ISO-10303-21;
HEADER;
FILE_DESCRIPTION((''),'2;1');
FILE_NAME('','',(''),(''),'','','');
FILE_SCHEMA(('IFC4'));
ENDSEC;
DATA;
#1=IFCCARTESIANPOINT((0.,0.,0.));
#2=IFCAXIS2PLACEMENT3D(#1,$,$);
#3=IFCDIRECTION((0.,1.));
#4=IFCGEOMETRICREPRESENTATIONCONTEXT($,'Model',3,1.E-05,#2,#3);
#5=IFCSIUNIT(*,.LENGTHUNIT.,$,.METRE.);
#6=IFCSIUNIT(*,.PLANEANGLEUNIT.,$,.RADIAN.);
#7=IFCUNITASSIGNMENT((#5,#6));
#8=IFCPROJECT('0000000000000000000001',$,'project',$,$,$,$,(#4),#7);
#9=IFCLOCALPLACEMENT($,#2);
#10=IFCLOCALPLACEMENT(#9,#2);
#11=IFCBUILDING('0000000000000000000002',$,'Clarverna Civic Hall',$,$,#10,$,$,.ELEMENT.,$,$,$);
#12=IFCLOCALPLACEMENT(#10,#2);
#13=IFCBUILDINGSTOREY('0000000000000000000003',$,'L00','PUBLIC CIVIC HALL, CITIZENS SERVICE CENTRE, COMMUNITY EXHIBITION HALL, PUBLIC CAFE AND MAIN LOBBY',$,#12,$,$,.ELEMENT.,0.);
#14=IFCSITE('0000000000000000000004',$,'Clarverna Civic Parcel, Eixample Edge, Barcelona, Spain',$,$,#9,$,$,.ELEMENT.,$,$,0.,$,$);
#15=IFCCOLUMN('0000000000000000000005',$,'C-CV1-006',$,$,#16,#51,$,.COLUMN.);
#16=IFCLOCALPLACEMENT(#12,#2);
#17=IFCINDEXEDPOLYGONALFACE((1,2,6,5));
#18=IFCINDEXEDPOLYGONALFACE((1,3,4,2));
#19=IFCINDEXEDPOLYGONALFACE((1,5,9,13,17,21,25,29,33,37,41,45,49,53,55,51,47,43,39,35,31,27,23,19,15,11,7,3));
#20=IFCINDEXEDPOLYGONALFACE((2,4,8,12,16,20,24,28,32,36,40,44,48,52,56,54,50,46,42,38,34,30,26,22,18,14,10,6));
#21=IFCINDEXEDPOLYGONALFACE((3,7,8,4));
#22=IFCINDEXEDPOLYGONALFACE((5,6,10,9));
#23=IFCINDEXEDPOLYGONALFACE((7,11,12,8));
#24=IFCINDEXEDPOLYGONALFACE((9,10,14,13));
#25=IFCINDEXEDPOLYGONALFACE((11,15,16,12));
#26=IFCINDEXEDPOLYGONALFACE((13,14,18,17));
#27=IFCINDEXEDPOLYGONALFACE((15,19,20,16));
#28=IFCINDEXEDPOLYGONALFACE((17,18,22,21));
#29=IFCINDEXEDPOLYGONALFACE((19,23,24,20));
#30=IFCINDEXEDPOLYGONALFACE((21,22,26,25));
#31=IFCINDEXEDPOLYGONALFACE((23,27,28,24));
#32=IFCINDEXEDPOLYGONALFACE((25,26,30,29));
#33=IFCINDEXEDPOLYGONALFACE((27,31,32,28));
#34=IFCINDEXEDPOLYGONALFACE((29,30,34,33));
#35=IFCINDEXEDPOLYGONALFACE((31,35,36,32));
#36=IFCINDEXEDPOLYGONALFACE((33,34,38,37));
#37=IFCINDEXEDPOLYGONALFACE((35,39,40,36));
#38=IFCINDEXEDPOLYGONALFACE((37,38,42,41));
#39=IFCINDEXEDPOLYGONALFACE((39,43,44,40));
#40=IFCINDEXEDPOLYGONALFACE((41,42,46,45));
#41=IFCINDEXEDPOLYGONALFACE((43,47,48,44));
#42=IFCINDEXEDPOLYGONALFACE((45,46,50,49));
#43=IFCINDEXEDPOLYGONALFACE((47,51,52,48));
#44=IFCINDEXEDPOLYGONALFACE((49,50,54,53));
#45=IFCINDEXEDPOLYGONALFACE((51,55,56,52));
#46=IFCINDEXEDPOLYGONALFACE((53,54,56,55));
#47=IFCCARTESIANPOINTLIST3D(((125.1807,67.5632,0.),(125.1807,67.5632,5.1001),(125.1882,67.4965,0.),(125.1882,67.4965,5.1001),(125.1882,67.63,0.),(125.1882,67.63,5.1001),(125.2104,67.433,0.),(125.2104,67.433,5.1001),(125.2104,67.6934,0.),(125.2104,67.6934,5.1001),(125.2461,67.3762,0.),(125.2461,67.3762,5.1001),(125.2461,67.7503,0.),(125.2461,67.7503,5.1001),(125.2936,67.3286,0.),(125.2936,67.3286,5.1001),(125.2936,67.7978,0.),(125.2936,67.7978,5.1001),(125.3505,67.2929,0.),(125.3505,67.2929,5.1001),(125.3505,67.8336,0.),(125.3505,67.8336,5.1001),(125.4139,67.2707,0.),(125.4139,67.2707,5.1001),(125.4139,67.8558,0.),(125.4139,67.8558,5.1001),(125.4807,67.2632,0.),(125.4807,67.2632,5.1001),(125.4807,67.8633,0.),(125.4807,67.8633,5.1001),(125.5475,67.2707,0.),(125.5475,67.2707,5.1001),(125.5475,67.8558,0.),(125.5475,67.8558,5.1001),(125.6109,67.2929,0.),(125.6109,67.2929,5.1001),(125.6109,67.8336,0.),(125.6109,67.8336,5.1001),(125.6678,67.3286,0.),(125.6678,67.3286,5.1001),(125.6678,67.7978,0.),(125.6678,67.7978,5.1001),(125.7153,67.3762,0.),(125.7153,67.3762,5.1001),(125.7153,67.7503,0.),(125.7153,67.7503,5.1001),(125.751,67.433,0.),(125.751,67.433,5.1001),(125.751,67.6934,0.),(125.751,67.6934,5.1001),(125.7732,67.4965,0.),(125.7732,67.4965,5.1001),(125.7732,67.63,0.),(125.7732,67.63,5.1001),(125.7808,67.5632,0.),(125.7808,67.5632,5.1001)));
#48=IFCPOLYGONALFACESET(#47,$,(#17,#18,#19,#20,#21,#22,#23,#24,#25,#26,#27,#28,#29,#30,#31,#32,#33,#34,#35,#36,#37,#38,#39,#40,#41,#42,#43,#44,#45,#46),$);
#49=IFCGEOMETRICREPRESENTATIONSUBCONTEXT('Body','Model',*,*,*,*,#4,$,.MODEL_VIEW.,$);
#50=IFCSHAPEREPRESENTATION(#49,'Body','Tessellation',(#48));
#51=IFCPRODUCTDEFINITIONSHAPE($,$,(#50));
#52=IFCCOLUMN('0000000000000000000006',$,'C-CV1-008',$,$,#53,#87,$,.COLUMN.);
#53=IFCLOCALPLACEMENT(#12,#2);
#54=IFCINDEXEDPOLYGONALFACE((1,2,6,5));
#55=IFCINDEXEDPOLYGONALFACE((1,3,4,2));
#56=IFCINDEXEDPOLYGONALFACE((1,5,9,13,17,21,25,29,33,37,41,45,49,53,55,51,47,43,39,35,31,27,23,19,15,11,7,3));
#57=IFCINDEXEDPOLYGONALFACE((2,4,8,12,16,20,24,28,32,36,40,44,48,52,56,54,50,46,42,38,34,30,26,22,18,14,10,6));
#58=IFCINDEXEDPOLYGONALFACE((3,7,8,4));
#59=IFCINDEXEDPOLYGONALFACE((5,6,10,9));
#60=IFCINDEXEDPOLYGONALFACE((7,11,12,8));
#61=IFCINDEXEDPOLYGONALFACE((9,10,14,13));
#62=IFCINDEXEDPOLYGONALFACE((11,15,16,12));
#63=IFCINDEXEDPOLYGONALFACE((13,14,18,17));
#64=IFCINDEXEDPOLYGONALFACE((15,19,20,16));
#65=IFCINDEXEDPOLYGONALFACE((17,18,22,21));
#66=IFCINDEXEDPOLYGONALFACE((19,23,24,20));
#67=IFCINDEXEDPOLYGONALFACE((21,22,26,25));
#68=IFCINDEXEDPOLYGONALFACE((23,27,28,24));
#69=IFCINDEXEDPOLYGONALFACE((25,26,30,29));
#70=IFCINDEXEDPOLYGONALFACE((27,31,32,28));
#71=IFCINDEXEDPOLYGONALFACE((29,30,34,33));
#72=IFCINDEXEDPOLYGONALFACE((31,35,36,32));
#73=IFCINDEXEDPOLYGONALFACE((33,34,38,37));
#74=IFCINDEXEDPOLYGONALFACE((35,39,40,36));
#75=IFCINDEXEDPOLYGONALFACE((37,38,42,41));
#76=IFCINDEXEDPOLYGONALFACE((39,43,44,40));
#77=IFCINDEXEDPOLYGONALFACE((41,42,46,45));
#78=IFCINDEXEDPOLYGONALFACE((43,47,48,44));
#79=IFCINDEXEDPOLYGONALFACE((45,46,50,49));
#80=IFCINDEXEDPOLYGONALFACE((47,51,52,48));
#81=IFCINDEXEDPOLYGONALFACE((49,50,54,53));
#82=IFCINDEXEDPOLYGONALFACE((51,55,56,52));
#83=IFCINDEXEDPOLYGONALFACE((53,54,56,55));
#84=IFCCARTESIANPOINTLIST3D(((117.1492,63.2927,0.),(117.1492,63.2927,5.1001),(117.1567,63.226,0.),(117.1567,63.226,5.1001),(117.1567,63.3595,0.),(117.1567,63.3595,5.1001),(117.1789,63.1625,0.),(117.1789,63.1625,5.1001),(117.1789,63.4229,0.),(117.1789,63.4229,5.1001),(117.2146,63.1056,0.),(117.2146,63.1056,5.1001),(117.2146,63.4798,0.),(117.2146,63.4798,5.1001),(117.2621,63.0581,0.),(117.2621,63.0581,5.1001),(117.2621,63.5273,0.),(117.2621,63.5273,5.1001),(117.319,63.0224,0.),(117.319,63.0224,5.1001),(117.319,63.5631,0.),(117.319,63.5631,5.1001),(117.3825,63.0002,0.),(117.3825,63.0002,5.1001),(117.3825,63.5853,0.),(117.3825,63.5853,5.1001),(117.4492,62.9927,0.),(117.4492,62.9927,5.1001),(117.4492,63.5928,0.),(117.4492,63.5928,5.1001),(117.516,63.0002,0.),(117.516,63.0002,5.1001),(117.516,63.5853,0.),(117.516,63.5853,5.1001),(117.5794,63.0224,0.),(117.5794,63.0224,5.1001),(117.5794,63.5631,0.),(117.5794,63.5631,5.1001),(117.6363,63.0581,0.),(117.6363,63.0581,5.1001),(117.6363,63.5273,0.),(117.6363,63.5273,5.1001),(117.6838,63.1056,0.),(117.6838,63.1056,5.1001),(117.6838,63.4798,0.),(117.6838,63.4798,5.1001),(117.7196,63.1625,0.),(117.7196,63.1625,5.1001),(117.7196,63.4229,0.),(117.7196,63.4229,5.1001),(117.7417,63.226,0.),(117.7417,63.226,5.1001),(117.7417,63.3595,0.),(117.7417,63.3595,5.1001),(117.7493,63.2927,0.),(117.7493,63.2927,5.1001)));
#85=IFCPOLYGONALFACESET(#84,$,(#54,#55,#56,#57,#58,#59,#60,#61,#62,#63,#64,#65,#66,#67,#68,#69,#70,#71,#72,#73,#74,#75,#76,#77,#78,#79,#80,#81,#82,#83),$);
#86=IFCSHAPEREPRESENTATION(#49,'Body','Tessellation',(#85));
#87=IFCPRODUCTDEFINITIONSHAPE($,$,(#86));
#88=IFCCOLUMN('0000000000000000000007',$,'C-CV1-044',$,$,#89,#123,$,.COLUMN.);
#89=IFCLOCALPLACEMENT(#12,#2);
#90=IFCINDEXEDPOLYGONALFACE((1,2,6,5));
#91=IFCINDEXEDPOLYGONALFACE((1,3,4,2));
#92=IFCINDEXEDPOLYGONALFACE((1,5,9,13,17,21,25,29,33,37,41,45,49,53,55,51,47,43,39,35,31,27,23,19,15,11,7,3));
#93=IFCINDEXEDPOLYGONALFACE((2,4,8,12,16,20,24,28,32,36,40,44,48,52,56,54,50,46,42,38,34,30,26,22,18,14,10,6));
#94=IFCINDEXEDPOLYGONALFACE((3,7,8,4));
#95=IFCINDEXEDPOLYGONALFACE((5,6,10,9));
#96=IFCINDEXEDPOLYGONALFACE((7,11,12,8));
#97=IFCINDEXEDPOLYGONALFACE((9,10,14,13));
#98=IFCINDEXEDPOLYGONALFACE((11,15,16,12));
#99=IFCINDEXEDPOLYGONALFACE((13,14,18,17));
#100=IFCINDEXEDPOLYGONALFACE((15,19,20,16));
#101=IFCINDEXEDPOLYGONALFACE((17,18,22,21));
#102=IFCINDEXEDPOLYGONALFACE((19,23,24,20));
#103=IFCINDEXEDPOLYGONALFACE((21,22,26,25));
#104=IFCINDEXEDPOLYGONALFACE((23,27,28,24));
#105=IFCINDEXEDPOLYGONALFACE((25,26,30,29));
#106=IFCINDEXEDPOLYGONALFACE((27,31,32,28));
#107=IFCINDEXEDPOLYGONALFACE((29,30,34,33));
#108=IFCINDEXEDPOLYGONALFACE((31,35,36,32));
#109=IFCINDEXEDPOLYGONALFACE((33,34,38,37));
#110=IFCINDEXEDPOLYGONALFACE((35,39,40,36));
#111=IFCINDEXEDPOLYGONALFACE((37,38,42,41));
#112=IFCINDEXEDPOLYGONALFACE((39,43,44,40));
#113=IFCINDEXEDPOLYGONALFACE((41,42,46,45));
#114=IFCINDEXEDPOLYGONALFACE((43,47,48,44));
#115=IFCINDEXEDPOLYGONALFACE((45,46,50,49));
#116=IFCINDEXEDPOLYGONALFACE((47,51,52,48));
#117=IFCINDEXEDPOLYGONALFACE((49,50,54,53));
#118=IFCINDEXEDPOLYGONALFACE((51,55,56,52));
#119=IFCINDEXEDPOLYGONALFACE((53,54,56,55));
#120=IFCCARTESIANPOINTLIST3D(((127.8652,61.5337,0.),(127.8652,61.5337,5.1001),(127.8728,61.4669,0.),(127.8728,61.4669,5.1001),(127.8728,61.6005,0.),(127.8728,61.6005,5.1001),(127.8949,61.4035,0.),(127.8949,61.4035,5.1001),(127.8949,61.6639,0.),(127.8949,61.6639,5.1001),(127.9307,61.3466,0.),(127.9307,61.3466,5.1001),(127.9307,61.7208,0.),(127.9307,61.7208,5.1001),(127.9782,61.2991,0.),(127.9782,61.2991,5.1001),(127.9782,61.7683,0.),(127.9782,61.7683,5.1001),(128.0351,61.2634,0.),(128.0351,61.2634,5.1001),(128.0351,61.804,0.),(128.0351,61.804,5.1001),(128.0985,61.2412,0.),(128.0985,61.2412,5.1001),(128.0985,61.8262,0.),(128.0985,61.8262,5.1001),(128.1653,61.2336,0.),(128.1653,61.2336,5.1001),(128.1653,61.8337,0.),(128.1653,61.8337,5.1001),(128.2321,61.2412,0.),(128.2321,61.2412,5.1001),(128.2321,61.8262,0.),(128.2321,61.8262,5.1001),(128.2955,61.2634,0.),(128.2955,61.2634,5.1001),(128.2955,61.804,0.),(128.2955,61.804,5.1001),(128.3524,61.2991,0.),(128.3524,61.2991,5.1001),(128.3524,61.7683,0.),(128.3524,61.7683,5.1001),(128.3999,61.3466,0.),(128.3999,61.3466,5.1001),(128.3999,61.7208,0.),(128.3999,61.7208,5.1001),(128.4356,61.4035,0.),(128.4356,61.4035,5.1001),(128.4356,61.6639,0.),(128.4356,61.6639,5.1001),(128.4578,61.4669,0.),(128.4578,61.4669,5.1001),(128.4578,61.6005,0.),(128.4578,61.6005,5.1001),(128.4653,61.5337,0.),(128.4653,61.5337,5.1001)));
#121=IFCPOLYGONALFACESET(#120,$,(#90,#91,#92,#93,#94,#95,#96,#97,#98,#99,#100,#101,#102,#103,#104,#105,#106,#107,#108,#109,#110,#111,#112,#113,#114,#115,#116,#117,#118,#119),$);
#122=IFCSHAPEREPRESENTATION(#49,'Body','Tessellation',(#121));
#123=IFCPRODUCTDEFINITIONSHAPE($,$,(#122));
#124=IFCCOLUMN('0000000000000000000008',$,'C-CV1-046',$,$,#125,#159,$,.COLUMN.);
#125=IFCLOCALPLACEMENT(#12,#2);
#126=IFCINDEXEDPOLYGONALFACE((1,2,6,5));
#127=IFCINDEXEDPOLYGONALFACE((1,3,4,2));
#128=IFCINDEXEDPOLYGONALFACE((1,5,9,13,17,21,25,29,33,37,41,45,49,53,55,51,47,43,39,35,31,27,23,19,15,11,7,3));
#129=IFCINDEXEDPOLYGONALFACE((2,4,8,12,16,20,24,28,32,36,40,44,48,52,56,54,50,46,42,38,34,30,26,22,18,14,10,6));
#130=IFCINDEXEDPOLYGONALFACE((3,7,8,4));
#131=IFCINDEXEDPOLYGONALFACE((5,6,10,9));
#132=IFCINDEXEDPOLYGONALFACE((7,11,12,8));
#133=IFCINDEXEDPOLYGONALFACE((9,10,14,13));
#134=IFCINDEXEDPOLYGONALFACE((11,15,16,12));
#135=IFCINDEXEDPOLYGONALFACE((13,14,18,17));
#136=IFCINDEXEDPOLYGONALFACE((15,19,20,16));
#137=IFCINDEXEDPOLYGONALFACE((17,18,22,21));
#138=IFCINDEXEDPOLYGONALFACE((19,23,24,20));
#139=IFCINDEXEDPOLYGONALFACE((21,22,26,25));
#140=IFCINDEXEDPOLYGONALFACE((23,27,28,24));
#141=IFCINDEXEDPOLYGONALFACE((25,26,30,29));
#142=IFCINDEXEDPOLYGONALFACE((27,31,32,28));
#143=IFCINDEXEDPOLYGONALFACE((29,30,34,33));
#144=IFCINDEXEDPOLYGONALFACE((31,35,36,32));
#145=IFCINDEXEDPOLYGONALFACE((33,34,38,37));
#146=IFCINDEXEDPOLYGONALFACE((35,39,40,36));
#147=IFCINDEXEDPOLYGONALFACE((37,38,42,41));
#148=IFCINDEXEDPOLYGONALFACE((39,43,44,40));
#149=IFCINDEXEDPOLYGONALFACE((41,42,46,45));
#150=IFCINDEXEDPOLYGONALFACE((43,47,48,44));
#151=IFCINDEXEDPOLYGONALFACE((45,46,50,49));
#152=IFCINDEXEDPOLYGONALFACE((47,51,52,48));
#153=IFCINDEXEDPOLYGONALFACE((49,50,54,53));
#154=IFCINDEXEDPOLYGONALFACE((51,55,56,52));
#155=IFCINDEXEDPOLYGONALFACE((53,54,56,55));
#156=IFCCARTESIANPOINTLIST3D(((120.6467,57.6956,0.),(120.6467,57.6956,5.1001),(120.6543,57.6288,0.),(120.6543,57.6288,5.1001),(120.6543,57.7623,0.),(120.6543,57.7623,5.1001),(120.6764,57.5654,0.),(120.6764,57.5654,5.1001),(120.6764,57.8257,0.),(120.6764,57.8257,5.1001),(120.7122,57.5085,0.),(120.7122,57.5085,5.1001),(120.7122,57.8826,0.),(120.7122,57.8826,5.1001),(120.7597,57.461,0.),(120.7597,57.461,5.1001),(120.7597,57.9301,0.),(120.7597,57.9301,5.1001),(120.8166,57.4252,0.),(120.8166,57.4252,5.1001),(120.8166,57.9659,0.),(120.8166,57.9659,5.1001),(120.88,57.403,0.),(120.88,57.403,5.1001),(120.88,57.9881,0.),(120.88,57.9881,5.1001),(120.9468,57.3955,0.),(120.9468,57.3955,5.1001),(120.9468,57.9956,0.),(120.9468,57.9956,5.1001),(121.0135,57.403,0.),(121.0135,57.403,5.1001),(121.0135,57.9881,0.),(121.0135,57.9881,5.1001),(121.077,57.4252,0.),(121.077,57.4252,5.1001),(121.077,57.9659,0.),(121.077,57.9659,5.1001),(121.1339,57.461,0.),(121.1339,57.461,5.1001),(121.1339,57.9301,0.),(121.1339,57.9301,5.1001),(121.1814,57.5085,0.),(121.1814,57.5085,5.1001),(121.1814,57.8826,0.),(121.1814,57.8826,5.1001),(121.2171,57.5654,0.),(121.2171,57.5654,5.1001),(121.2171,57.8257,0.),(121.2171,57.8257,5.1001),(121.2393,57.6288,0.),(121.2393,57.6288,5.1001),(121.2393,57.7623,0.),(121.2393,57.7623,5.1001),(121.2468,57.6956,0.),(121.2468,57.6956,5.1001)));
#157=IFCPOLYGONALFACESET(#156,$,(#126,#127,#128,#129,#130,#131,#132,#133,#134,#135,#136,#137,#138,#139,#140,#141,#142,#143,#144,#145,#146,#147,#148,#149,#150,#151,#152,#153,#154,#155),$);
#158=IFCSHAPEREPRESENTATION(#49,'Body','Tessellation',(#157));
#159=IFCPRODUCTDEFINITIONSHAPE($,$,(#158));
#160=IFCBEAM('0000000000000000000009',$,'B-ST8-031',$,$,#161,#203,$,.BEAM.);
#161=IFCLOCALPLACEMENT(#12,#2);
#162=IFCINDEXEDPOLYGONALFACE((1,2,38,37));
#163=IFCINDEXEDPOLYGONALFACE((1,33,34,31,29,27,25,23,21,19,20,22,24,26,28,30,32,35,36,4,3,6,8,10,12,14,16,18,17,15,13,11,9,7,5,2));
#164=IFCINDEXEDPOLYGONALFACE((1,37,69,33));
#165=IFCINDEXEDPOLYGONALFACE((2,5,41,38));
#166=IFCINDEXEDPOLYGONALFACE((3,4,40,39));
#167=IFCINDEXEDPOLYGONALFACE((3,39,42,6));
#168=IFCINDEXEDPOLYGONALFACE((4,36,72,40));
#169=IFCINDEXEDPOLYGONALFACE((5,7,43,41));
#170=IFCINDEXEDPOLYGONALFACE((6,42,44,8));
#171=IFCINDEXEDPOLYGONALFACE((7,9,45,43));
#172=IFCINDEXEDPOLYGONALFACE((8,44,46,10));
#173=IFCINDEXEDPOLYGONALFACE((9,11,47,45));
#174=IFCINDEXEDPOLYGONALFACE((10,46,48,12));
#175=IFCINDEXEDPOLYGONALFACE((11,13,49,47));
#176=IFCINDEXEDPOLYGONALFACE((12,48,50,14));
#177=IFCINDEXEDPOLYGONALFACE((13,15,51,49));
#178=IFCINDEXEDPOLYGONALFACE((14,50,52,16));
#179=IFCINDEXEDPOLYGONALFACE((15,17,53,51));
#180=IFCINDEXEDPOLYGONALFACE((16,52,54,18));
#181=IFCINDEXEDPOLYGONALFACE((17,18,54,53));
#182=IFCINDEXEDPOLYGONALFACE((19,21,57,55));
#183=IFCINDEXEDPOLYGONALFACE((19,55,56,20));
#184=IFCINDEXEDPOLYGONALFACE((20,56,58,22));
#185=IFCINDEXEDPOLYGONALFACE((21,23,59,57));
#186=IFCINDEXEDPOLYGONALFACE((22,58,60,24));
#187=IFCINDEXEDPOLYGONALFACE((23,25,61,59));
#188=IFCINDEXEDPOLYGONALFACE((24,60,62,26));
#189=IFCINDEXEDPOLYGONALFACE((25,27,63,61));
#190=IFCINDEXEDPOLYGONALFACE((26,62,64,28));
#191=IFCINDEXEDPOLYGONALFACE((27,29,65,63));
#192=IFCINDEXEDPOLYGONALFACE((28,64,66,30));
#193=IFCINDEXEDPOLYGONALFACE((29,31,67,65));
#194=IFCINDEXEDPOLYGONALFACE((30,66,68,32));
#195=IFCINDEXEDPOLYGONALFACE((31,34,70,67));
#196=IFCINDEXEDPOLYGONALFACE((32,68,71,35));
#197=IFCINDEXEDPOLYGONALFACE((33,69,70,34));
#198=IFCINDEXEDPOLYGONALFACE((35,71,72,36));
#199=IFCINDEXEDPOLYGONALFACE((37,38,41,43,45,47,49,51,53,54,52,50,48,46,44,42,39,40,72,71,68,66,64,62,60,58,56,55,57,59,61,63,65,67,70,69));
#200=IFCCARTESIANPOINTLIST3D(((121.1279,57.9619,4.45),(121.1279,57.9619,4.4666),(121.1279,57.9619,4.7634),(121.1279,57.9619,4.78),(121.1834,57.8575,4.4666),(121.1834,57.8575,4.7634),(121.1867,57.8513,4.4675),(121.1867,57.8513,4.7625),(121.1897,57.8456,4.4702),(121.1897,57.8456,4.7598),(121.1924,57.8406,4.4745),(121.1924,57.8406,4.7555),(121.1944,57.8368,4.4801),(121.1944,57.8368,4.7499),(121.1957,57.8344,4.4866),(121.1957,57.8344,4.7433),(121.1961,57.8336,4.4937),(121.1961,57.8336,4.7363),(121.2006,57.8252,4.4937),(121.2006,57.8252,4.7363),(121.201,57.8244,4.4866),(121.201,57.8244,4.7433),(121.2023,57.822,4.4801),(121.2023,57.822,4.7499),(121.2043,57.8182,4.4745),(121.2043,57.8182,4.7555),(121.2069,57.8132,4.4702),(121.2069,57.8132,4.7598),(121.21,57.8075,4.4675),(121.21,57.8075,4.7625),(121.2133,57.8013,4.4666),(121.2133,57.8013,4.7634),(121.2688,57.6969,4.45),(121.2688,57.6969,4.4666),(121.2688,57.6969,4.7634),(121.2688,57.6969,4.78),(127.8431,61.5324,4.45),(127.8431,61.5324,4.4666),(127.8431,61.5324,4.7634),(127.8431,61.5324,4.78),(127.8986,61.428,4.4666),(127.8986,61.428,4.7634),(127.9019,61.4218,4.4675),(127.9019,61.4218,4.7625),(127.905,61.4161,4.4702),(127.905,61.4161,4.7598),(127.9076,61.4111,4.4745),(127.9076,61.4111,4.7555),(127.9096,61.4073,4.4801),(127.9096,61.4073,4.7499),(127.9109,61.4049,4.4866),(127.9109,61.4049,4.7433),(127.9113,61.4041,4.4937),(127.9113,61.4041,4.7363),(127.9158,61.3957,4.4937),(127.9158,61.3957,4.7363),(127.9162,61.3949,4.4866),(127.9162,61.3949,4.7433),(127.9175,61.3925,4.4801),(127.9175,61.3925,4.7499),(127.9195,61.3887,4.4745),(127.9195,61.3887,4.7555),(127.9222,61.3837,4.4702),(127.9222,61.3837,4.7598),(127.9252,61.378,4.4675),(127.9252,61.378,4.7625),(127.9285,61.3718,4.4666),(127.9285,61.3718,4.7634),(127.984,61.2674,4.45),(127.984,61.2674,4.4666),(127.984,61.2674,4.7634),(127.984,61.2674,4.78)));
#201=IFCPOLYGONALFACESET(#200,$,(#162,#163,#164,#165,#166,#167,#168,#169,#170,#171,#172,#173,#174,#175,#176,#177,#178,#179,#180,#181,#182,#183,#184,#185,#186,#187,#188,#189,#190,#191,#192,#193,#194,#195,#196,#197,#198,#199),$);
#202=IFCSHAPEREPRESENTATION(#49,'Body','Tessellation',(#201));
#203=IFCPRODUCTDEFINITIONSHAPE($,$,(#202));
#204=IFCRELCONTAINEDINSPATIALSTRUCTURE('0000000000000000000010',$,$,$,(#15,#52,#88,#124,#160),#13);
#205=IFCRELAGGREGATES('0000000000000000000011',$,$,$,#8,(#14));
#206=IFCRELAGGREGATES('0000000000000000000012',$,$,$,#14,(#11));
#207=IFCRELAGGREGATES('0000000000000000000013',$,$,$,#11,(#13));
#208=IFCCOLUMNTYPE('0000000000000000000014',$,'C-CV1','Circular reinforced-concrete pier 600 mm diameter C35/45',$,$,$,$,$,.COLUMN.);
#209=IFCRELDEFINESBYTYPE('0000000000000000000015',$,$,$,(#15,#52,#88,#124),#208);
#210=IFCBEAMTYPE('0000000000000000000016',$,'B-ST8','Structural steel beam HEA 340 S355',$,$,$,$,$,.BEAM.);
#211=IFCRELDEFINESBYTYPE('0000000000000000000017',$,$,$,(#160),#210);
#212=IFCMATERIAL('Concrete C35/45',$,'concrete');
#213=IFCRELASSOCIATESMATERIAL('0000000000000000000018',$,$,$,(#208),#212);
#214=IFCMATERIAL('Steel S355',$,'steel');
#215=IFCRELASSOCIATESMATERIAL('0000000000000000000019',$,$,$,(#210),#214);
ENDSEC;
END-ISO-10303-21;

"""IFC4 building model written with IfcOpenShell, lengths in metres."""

from ifc_helpers import new_model, si_unit, direction, frame, origin, origin_2d, place, context, subcontext, project, spatial, circle, i_section, extrude, material, material_profile, profile_set, type_object, element, save


model = new_model("IFC4")

# Units and contexts
model_context = context("Model", 3, precision=1e-05, world=origin(), true_north=direction((0.0, 1.0)))
body_context = subcontext(model_context, "Body", "Model", "MODEL_VIEW")
ifc_project = project(units=[si_unit("LENGTHUNIT", "METRE"), si_unit("PLANEANGLEUNIT", "RADIAN")], contexts=[model_context])

# Site, building, storey
site_placement = place(None, origin())
site = spatial("IfcSite", under=ifc_project, at=site_placement, Name="Clarverna Civic Parcel, Eixample Edge, Barcelona, Spain", CompositionType="ELEMENT", RefElevation=0.0)
building_placement = place(site_placement, origin())
building = spatial("IfcBuilding", under=site, at=building_placement, Name="Clarverna Civic Hall", CompositionType="ELEMENT")
storey_placement = place(building_placement, origin())
storey = spatial("IfcBuildingStorey", under=building, at=storey_placement, Name="L00", Description="PUBLIC CIVIC HALL, CITIZENS SERVICE CENTRE, COMMUNITY EXHIBITION HALL, PUBLIC CAFE AND MAIN LOBBY", CompositionType="ELEMENT", Elevation=0.0)

# Columns
ifc_material_1 = material(Name="Concrete C35/45", Category="concrete")
ifc_material_profile_1 = material_profile(ifc_material_1, circle(Radius=0.3, at=origin_2d()), Name="RC D600")
ifc_profile_set_1 = profile_set([ifc_material_profile_1], Name="Concrete C35/45")
column_type = type_object("IfcColumnType", Name="C-CV1", Description="Circular reinforced-concrete pier 600 mm diameter C35/45", PredefinedType="COLUMN", material=ifc_profile_set_1)
for number, where, z_axis, x_axis, name in (
    (1, (125.4807, 67.5632, 0.0), (0.0, 0.0, 1.0), (1.0, 0.0, 0.0), "C-CV1-006"),
    (2, (117.4492, 63.2927, 0.0), (0.0, 0.0, 1.0), (1.0, 0.0, 0.0), "C-CV1-008"),
    (3, (128.1653, 61.5337, 0.0), (0.0, 0.0, 1.0), (1.0, 0.0, 0.0), "C-CV1-044"),
    (4, (120.9468, 57.6956, 0.0), (0.0, 0.0, 1.0), (1.0, 0.0, 0.0), "C-CV1-046"),
):
    element("IfcColumn", number, at=place(storey_placement, frame(where, z_axis=z_axis, x_axis=x_axis)), inside=storey, type_object=column_type, Name=name, PredefinedType="COLUMN", context=body_context, shape_type="SweptSolid", body=[
        extrude(circle(Radius=0.3, at=origin_2d()), origin(), (0.0, 0.0, 1.0), 5.1001),
    ])

# Beam
ifc_material_2 = material(Name="Steel S355", Category="steel")
ifc_material_profile_2 = material_profile(ifc_material_2, i_section(OverallWidth=0.3, OverallDepth=0.3301, WebThickness=0.0095, FlangeThickness=0.0166, FilletRadius=0.0271, at=origin_2d()), Name="HEA 340")
ifc_profile_set_2 = profile_set([ifc_material_profile_2], Name="Steel S355")
beam_type_1 = type_object("IfcBeamType", Name="B-ST8", Description="Structural steel beam HEA 340 S355", PredefinedType="BEAM", material=ifc_profile_set_2)
for number, where, z_axis, x_axis, name in (
    (5, (127.9136, 61.3999, 4.615), (-0.88295, -0.469467, 0.0), (0.469467, -0.88295, 0.0), "B-ST8-031"),
):
    element("IfcBeam", number, at=place(storey_placement, frame(where, z_axis=z_axis, x_axis=x_axis)), inside=storey, type_object=beam_type_1, Name=name, PredefinedType="BEAM", context=body_context, shape_type="SweptSolid", body=[
        extrude(i_section(OverallWidth=0.3, OverallDepth=0.3301, WebThickness=0.0095, FlangeThickness=0.0166, FilletRadius=0.0271, at=origin_2d()), origin(), (0.0, 0.0, 1.0), 7.6055),
    ])

save(model, "model.ifc")
